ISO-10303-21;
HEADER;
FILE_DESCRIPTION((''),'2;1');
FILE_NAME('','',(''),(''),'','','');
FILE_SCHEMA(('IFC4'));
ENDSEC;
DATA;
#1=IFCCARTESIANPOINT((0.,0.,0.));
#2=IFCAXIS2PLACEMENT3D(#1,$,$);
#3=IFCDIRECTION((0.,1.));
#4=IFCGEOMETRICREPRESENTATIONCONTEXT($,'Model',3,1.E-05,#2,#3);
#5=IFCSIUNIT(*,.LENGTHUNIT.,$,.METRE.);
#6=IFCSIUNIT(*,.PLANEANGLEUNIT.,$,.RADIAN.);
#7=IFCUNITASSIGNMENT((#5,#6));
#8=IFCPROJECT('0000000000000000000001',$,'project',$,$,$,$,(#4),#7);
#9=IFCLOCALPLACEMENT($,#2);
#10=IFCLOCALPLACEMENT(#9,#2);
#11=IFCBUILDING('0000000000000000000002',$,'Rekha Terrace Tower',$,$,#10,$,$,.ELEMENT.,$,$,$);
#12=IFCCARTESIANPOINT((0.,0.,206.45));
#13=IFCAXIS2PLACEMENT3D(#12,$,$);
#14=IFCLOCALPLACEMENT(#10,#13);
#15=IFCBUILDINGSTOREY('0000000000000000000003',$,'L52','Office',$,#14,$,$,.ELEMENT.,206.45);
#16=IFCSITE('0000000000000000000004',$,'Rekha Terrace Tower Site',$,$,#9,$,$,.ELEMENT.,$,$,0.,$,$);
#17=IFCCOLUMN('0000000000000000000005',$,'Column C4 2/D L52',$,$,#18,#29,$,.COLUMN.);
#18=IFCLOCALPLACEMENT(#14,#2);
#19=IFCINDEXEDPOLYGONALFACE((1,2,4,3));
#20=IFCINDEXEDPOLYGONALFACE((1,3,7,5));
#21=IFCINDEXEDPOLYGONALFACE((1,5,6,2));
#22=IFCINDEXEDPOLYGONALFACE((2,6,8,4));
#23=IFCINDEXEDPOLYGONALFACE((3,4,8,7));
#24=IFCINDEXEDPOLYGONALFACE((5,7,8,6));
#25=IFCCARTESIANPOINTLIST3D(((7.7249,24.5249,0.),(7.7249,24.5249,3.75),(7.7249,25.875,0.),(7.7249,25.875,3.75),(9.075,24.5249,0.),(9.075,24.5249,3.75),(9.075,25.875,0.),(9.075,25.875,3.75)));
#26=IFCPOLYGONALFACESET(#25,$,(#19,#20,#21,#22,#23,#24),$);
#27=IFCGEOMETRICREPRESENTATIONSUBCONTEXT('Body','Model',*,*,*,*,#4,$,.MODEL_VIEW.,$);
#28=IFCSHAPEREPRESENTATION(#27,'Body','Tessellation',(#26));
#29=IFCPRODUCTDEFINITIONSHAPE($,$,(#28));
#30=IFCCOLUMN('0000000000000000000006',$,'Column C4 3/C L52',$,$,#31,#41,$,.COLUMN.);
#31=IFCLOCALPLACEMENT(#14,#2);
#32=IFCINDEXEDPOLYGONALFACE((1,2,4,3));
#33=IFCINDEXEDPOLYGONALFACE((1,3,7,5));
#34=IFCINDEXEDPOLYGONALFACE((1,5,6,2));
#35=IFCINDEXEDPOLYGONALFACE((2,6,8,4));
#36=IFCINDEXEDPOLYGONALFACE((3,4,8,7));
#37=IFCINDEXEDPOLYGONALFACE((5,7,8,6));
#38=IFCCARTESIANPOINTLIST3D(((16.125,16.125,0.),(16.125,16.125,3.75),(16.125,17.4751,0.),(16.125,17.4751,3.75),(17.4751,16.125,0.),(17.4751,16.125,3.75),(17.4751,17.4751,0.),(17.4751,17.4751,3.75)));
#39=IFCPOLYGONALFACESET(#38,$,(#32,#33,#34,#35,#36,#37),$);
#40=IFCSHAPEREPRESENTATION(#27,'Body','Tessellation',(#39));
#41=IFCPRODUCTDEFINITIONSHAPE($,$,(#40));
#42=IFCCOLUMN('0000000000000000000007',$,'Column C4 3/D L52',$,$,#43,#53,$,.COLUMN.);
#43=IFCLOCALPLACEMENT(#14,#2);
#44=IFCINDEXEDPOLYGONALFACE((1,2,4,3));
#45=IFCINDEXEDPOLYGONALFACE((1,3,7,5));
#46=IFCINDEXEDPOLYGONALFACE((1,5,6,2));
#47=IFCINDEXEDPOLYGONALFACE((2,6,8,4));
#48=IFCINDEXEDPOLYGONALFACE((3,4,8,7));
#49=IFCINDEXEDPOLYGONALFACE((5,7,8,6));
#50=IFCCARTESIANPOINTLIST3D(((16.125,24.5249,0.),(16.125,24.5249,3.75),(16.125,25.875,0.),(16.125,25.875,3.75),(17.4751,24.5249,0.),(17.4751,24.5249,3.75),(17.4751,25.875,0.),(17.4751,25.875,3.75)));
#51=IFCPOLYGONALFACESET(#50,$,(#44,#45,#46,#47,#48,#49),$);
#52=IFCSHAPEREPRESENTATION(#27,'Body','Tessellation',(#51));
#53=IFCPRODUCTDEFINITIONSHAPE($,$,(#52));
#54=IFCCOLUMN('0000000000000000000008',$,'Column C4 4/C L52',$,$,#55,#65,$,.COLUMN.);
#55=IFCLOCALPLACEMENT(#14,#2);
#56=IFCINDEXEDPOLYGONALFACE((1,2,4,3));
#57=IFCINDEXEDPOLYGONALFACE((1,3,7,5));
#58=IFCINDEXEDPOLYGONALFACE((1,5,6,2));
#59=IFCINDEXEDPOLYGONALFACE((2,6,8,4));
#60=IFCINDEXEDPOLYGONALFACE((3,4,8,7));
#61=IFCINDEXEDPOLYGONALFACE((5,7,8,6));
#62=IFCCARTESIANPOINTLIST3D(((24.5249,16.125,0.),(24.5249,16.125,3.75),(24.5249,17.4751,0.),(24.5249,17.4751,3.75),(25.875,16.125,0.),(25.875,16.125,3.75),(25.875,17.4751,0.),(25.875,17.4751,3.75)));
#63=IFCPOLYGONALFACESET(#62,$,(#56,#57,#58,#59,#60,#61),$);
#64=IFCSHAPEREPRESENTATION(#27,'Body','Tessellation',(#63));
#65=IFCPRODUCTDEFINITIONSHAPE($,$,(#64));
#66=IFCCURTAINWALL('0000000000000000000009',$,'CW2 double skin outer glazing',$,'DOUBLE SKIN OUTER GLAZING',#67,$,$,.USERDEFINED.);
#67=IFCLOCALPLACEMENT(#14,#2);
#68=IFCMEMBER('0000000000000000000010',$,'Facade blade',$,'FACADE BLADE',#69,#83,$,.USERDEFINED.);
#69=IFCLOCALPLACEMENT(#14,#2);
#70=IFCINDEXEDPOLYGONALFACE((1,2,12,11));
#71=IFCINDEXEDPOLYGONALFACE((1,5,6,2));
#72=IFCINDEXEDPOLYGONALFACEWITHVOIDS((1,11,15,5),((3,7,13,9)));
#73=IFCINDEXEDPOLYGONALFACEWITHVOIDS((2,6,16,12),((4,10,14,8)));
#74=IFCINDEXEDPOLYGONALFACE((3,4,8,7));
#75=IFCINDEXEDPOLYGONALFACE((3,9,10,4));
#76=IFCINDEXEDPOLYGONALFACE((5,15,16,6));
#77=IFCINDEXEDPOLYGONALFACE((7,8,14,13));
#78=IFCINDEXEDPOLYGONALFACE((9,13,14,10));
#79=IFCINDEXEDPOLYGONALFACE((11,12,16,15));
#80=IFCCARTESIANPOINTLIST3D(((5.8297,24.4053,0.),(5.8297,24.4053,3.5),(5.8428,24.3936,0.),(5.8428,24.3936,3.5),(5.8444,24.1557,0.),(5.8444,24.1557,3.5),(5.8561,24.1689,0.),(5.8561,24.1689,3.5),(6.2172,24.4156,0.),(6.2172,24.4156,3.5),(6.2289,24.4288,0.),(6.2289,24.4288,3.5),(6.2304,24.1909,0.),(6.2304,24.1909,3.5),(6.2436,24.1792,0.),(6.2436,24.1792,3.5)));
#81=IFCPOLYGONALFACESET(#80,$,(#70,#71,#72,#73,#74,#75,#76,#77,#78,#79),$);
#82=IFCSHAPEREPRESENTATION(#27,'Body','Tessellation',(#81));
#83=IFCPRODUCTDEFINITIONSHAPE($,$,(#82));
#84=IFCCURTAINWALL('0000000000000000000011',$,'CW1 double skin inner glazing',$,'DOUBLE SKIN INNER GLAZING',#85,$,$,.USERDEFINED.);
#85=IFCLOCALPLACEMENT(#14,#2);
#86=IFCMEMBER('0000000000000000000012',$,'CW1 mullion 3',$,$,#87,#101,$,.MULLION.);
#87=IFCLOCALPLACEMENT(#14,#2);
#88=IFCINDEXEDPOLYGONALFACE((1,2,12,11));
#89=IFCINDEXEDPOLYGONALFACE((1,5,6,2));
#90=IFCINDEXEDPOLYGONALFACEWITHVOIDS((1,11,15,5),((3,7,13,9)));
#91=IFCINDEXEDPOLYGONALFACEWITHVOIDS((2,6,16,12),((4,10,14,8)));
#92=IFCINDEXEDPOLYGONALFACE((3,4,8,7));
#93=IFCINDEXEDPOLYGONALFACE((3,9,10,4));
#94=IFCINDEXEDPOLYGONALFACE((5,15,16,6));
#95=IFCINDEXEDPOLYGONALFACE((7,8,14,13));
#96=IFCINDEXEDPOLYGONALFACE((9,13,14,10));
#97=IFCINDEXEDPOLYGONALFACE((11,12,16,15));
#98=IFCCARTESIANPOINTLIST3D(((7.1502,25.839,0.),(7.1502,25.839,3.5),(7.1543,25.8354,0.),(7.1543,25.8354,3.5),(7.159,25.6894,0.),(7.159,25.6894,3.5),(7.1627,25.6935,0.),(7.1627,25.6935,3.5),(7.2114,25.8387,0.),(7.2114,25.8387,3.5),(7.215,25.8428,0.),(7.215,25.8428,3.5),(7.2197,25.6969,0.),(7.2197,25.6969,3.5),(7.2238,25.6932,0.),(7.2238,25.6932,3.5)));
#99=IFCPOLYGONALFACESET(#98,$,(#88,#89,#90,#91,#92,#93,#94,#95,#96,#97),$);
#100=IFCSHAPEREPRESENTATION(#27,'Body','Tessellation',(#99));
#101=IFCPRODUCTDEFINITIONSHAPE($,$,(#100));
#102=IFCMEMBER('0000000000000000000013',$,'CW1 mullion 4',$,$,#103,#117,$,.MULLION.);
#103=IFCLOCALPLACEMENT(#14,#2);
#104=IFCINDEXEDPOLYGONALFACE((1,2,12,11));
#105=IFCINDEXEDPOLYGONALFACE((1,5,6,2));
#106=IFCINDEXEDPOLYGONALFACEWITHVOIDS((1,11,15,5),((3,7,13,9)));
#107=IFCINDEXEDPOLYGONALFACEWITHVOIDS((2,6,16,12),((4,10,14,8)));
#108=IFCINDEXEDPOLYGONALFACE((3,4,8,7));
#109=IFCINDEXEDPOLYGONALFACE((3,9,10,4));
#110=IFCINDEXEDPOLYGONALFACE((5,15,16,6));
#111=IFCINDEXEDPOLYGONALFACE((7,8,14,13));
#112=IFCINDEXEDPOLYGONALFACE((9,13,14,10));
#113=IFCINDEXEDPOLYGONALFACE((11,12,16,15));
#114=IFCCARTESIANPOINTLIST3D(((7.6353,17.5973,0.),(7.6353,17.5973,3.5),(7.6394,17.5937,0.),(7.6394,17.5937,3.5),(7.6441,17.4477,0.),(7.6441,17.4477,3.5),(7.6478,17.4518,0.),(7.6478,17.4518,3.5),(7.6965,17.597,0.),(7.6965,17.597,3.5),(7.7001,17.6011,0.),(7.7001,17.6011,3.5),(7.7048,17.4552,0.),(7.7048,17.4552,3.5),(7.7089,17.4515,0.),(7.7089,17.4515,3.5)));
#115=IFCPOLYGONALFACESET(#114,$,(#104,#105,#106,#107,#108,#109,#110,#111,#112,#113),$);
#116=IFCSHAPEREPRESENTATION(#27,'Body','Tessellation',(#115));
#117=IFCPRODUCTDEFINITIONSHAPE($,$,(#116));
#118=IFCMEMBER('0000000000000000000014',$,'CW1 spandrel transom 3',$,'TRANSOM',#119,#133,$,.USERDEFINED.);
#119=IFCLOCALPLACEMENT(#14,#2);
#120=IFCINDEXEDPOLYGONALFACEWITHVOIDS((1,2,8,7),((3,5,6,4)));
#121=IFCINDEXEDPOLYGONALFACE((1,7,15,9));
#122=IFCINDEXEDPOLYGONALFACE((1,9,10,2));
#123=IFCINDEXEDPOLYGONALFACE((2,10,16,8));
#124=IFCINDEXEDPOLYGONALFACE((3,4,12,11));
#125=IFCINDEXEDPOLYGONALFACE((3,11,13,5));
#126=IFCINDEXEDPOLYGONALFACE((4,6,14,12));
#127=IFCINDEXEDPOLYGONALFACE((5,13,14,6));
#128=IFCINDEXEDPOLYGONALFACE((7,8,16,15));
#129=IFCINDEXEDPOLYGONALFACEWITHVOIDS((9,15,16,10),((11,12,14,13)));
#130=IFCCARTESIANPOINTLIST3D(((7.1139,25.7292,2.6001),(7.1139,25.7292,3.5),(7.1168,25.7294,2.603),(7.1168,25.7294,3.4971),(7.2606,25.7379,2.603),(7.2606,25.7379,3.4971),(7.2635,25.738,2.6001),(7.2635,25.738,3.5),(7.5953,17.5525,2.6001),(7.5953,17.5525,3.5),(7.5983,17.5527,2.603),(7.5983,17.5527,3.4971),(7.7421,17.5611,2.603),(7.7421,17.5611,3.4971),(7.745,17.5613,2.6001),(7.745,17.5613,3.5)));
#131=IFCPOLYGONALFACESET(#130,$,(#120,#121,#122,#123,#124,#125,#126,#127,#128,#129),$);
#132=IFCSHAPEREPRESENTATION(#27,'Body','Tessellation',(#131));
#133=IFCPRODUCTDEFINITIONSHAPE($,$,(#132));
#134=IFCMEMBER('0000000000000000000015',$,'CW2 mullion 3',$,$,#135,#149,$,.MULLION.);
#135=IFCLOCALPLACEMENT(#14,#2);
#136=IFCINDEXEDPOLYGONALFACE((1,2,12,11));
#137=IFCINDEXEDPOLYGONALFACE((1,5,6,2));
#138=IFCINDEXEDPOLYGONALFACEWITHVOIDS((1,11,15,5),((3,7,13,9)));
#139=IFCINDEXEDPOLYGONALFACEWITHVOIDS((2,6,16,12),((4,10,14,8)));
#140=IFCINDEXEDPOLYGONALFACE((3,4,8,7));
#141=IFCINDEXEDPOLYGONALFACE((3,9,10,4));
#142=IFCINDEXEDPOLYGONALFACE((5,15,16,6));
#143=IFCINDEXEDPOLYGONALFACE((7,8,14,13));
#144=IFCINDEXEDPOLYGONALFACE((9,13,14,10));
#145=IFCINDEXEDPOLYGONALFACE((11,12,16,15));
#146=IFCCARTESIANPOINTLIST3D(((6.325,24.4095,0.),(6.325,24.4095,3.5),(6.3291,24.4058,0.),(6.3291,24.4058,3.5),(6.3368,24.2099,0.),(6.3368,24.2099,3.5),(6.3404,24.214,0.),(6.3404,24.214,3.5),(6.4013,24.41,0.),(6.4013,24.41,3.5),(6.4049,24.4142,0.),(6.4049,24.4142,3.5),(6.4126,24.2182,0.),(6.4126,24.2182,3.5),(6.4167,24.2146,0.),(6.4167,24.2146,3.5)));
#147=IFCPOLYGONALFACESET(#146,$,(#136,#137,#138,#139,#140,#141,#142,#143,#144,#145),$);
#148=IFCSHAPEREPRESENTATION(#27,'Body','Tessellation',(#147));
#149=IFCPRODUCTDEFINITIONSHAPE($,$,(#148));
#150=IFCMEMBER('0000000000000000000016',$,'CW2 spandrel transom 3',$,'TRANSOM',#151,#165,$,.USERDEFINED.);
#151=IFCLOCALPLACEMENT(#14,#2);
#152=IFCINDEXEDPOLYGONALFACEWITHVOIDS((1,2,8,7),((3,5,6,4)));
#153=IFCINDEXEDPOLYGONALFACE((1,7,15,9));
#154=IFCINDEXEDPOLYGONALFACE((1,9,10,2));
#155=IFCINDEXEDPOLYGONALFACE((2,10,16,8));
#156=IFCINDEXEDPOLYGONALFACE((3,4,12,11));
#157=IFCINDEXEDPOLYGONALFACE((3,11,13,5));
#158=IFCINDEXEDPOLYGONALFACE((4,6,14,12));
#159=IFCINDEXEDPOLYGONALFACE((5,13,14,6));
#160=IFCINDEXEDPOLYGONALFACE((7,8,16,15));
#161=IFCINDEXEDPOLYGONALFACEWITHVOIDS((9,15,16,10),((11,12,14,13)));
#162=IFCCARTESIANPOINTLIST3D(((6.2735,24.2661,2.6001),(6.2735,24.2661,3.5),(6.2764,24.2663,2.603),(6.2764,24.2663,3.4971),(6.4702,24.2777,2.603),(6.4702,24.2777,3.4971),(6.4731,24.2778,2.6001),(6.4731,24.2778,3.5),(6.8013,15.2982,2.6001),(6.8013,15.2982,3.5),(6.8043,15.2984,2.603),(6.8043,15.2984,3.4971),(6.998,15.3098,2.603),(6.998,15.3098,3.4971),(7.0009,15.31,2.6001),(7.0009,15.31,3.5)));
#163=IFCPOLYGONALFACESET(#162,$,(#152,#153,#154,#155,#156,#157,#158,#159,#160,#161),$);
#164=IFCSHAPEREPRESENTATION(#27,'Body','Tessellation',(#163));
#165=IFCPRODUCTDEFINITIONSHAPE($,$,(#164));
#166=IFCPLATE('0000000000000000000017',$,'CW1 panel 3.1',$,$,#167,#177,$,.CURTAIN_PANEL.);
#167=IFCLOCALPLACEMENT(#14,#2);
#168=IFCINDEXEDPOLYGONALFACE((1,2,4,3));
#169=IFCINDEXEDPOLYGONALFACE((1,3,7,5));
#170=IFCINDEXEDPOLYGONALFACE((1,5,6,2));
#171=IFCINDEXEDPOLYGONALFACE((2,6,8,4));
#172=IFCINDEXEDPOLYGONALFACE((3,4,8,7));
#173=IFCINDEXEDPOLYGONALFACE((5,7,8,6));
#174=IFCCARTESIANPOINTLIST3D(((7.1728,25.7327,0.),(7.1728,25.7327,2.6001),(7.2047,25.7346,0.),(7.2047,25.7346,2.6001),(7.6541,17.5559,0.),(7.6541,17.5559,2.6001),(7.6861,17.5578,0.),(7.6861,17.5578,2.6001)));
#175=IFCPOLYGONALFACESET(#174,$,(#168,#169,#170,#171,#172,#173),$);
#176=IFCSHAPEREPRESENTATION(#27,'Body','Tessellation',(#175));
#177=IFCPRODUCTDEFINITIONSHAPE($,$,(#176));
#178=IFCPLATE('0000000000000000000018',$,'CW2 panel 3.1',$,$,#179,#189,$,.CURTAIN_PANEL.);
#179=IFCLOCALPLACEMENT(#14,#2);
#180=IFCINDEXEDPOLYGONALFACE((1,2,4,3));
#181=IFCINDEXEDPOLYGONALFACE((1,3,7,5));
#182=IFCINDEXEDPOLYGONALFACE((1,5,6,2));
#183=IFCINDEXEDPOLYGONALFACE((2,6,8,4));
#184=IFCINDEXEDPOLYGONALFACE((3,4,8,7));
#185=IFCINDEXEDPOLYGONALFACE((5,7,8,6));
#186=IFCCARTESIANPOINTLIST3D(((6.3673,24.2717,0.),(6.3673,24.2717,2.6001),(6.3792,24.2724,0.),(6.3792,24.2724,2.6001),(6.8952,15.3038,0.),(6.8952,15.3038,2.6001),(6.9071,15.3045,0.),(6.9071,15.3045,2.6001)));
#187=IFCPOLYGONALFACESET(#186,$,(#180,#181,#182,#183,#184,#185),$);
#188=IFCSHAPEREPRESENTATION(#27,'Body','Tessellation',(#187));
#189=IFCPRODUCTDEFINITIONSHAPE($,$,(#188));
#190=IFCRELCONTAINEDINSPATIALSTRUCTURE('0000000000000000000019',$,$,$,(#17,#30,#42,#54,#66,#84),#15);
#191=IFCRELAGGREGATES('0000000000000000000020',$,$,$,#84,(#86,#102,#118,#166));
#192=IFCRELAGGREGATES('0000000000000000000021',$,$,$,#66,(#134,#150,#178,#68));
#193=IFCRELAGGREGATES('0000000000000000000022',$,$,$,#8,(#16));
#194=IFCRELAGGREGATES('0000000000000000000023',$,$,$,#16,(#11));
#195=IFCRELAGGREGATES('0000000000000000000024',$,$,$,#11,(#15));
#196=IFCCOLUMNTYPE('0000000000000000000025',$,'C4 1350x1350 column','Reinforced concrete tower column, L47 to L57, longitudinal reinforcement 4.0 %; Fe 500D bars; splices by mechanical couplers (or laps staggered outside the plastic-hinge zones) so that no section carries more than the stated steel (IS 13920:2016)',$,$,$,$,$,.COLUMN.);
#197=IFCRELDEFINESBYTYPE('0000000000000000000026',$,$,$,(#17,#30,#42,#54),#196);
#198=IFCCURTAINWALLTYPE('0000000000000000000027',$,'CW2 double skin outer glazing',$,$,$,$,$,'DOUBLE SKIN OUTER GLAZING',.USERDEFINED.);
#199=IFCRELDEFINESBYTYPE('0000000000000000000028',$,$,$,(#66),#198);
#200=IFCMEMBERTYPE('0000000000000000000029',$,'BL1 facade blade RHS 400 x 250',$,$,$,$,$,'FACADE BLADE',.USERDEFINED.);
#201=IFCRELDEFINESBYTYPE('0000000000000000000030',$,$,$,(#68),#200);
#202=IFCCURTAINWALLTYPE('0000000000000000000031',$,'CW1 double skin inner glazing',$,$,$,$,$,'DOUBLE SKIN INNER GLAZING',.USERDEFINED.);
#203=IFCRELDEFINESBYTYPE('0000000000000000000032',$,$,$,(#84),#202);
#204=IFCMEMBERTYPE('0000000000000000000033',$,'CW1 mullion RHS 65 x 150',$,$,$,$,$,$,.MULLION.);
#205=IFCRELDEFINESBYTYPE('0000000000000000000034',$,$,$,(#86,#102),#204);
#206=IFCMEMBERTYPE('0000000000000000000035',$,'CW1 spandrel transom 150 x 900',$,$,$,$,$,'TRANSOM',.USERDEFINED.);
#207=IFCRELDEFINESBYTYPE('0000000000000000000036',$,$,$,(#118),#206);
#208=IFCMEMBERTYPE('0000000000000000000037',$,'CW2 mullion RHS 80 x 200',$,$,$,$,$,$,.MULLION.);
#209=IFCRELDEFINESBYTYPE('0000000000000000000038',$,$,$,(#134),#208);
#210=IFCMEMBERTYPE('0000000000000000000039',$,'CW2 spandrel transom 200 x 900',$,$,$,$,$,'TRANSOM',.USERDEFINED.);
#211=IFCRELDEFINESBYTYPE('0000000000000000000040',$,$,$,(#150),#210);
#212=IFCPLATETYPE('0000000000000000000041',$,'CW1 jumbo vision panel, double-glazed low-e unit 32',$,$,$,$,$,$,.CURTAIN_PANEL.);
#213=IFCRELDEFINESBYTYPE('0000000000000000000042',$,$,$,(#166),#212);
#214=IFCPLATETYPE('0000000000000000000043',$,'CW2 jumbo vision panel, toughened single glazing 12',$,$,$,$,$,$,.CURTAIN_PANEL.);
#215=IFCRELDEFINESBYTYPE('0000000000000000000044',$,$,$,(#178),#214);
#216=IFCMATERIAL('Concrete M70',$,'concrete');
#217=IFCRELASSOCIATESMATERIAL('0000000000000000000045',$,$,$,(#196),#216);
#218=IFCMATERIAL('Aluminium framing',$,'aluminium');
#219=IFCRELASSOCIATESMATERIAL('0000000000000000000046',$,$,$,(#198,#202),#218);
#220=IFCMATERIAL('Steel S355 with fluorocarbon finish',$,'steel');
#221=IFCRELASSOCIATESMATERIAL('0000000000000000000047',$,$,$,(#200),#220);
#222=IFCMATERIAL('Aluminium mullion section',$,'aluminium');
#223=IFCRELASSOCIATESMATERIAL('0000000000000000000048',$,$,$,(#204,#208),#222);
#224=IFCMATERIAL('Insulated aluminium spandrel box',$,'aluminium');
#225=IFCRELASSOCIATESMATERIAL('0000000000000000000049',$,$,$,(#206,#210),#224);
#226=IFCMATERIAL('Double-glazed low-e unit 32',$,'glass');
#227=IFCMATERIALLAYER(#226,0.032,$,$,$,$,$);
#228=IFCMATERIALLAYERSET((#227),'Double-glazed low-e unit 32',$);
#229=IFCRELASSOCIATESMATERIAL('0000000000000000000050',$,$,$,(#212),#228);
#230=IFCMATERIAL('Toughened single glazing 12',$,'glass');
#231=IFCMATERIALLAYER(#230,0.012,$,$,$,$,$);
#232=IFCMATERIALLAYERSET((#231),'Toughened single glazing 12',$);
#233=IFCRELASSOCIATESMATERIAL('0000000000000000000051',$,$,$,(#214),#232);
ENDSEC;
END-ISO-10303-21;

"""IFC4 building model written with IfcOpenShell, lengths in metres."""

from ifc_helpers import new_model, si_unit, direction, frame, origin, origin_2d, place, context, subcontext, project, spatial, rectangle, hollow_rectangle, extrude, material, layer, layer_set, material_profile, profile_set, type_object, element, aggregate, save


model = new_model("IFC4")

# Units and contexts
model_context = context("Model", 3, precision=1e-05, world=origin(), true_north=direction((0.0, 1.0)))
body_context = subcontext(model_context, "Body", "Model", "MODEL_VIEW")
ifc_project = project(units=[si_unit("LENGTHUNIT", "METRE"), si_unit("PLANEANGLEUNIT", "RADIAN")], contexts=[model_context])

# Site, building, storey
site_placement = place(None, origin())
site = spatial("IfcSite", under=ifc_project, at=site_placement, Name="Rekha Terrace Tower Site", CompositionType="ELEMENT", RefElevation=0.0)
building_placement = place(site_placement, origin())
building = spatial("IfcBuilding", under=site, at=building_placement, Name="Rekha Terrace Tower", CompositionType="ELEMENT")
storey_placement = place(building_placement, frame((0.0, 0.0, 206.45)))
storey = spatial("IfcBuildingStorey", under=building, at=storey_placement, Name="L52", Description="Office", CompositionType="ELEMENT", Elevation=206.45)

# Columns
ifc_material_1 = material(Name="Concrete M70", Category="concrete")
ifc_material_profile_1 = material_profile(ifc_material_1, rectangle(XDim=1.3501, YDim=1.3501, at=origin_2d()), Name="RC 1350x1350")
ifc_profile_set_1 = profile_set([ifc_material_profile_1], Name="Concrete M70")
column_type = type_object("IfcColumnType", Name="C4 1350x1350 column", Description="Reinforced concrete tower column, L47 to L57, longitudinal reinforcement 4.0 %; Fe 500D bars; splices by mechanical couplers (or laps staggered outside the plastic-hinge zones) so that no section carries more than the stated steel (IS 13920:2016)", PredefinedType="COLUMN", material=ifc_profile_set_1)
for number, where, z_axis, x_axis, name in (
    (1, (8.3999, 25.2, 0.0), (0.0, 0.0, 1.0), (1.0, 0.0, 0.0), "Column C4 2/D L52"),
    (2, (16.8, 16.8, 0.0), (0.0, 0.0, 1.0), (1.0, 0.0, 0.0), "Column C4 3/C L52"),
    (3, (16.8, 25.2, 0.0), (0.0, 0.0, 1.0), (1.0, 0.0, 0.0), "Column C4 3/D L52"),
    (4, (25.2, 16.8, 0.0), (0.0, 0.0, 1.0), (1.0, 0.0, 0.0), "Column C4 4/C L52"),
):
    element("IfcColumn", number, at=place(storey_placement, frame(where, z_axis=z_axis, x_axis=x_axis)), inside=storey, type_object=column_type, Name=name, PredefinedType="COLUMN", context=body_context, shape_type="SweptSolid", body=[
        extrude(rectangle(XDim=1.3501, YDim=1.3501, at=origin_2d()), origin(), (0.0, 0.0, 1.0), 3.75),
    ])

# Curtain wall, member
ifc_material_2 = material(Name="Aluminium framing", Category="aluminium")
curtain_wall_type_1 = type_object("IfcCurtainWallType", Name="CW2 double skin outer glazing", ElementType="DOUBLE SKIN OUTER GLAZING", PredefinedType="USERDEFINED", material=ifc_material_2)
curtain_wall_1_placement = place(storey_placement, origin())
curtain_wall_1 = element("IfcCurtainWall", 5, at=curtain_wall_1_placement, inside=storey, type_object=curtain_wall_type_1, Name="CW2 double skin outer glazing", ObjectType="DOUBLE SKIN OUTER GLAZING", PredefinedType="USERDEFINED")
ifc_material_3 = material(Name="Steel S355 with fluorocarbon finish", Category="steel")
ifc_material_profile_2 = material_profile(ifc_material_3, hollow_rectangle(XDim=0.25, YDim=0.3999, WallThickness=0.0125, at=origin_2d()), Name="RHS400x250x12.5")
ifc_profile_set_2 = profile_set([ifc_material_profile_2], Name="Steel S355 with fluorocarbon finish")
member_type_1 = type_object("IfcMemberType", Name="BL1 facade blade RHS 400 x 250", ElementType="FACADE BLADE", PredefinedType="USERDEFINED", material=ifc_profile_set_2)
member_1_placement = place(storey_placement, frame((6.0366, 24.2922, 0.0), z_axis=(0.0, 0.0, 1.0), x_axis=(0.058765, -0.998272, 0.0)))
member_1 = element("IfcMember", 6, at=member_1_placement, type_object=member_type_1, Name="Facade blade", ObjectType="FACADE BLADE", PredefinedType="USERDEFINED", context=body_context, shape_type="SweptSolid", body=[
    extrude(hollow_rectangle(XDim=0.25, YDim=0.3999, WallThickness=0.0125, at=origin_2d()), origin(), (0.0, 0.0, 1.0), 3.5),
])

# Curtain wall, members
curtain_wall_type_2 = type_object("IfcCurtainWallType", Name="CW1 double skin inner glazing", ElementType="DOUBLE SKIN INNER GLAZING", PredefinedType="USERDEFINED", material=ifc_material_2)
curtain_wall_2_placement = place(storey_placement, origin())
curtain_wall_2 = element("IfcCurtainWall", 7, at=curtain_wall_2_placement, inside=storey, type_object=curtain_wall_type_2, Name="CW1 double skin inner glazing", ObjectType="DOUBLE SKIN INNER GLAZING", PredefinedType="USERDEFINED")
ifc_material_4 = material(Name="Aluminium mullion section", Category="aluminium")
ifc_material_profile_3 = material_profile(ifc_material_4, hollow_rectangle(XDim=0.0649, YDim=0.1499, WallThickness=0.0039, at=origin_2d()), Name="AL RHS 65x150")
ifc_profile_set_3 = profile_set([ifc_material_profile_3], Name="Aluminium mullion section")
member_type_2 = type_object("IfcMemberType", Name="CW1 mullion RHS 65 x 150", PredefinedType="MULLION", material=ifc_profile_set_3)
member_2_placement = place(storey_placement, frame((7.187, 25.7661, 0.0), z_axis=(0.0, 0.0, 1.0), x_axis=(0.998272, 0.058765, 0.0)))
member_2 = element("IfcMember", 8, at=member_2_placement, type_object=member_type_2, Name="CW1 mullion 3", PredefinedType="MULLION", context=body_context, shape_type="SweptSolid", body=[
    extrude(hollow_rectangle(XDim=0.0649, YDim=0.1499, WallThickness=0.0039, at=origin_2d()), origin(), (0.0, 0.0, 1.0), 3.5),
])
member_3_placement = place(storey_placement, frame((7.6721, 17.5244, 0.0), z_axis=(0.0, 0.0, 1.0), x_axis=(0.998272, 0.058765, 0.0)))
member_3 = element("IfcMember", 9, at=member_3_placement, type_object=member_type_2, Name="CW1 mullion 4", PredefinedType="MULLION", context=body_context, shape_type="SweptSolid", body=[
    extrude(hollow_rectangle(XDim=0.0649, YDim=0.1499, WallThickness=0.0039, at=origin_2d()), origin(), (0.0, 0.0, 1.0), 3.5),
])
ifc_material_5 = material(Name="Insulated aluminium spandrel box", Category="aluminium")
ifc_material_profile_4 = material_profile(ifc_material_5, hollow_rectangle(XDim=0.1499, YDim=0.8999, WallThickness=0.0029, at=origin_2d()), Name="AL SPANDREL BOX 150x900")
ifc_profile_set_4 = profile_set([ifc_material_profile_4], Name="Insulated aluminium spandrel box")
member_type_3 = type_object("IfcMemberType", Name="CW1 spandrel transom 150 x 900", ElementType="TRANSOM", PredefinedType="USERDEFINED", material=ifc_profile_set_4)
member_4_placement = place(storey_placement, frame((7.1887, 25.7336, 3.05), z_axis=(0.058778, -0.998271, 0.0), x_axis=(0.998271, 0.058778, 0.0)))
member_4 = element("IfcMember", 10, at=member_4_placement, type_object=member_type_3, Name="CW1 spandrel transom 3", ObjectType="TRANSOM", PredefinedType="USERDEFINED", context=body_context, shape_type="SweptSolid", body=[
    extrude(hollow_rectangle(XDim=0.1499, YDim=0.8999, WallThickness=0.0029, at=origin_2d()), origin(), (0.0, 0.0, 1.0), 8.1909),
])

# Members
ifc_material_profile_5 = material_profile(ifc_material_4, hollow_rectangle(XDim=0.0801, YDim=0.2, WallThickness=0.0039, at=origin_2d()), Name="AL RHS 80x200")
ifc_profile_set_5 = profile_set([ifc_material_profile_5], Name="Aluminium mullion section")
member_type_4 = type_object("IfcMemberType", Name="CW2 mullion RHS 80 x 200", PredefinedType="MULLION", material=ifc_profile_set_5)
member_5_placement = place(storey_placement, frame((6.3708, 24.312, 0.0), z_axis=(0.0, 0.0, 1.0), x_axis=(0.998272, 0.058765, 0.0)))
member_5 = element("IfcMember", 11, at=member_5_placement, type_object=member_type_4, Name="CW2 mullion 3", PredefinedType="MULLION", context=body_context, shape_type="SweptSolid", body=[
    extrude(hollow_rectangle(XDim=0.0801, YDim=0.2, WallThickness=0.0039, at=origin_2d()), origin(), (0.0, 0.0, 1.0), 3.5),
])
ifc_material_profile_6 = material_profile(ifc_material_5, hollow_rectangle(XDim=0.2, YDim=0.8999, WallThickness=0.0029, at=origin_2d()), Name="AL SPANDREL BOX 200x900")
ifc_profile_set_6 = profile_set([ifc_material_profile_6], Name="Insulated aluminium spandrel box")
member_type_5 = type_object("IfcMemberType", Name="CW2 spandrel transom 200 x 900", ElementType="TRANSOM", PredefinedType="USERDEFINED", material=ifc_profile_set_6)
member_6_placement = place(storey_placement, frame((6.3733, 24.272, 3.05), z_axis=(0.058757, -0.998272, 0.0), x_axis=(0.998272, 0.058757, 0.0)))
member_6 = element("IfcMember", 12, at=member_6_placement, type_object=member_type_5, Name="CW2 spandrel transom 3", ObjectType="TRANSOM", PredefinedType="USERDEFINED", context=body_context, shape_type="SweptSolid", body=[
    extrude(hollow_rectangle(XDim=0.2, YDim=0.8999, WallThickness=0.0029, at=origin_2d()), origin(), (0.0, 0.0, 1.0), 8.9834),
])

# Plates
ifc_material_6 = material(Name="Double-glazed low-e unit 32", Category="glass")
ifc_layer_1 = layer(ifc_material_6, 0.032)
ifc_layer_set_1 = layer_set([ifc_layer_1], Name="Double-glazed low-e unit 32")
plate_type_1 = type_object("IfcPlateType", Name="CW1 jumbo vision panel, double-glazed low-e unit 32", PredefinedType="CURTAIN_PANEL", material=ifc_layer_set_1)
plate_1_placement = place(storey_placement, frame((7.4294, 21.6453, 0.0), z_axis=(0.0, 0.0, 1.0), x_axis=(0.058765, -0.998272, 0.0)))
plate_1 = element("IfcPlate", 13, at=plate_1_placement, type_object=plate_type_1, Name="CW1 panel 3.1", PredefinedType="CURTAIN_PANEL", context=body_context, shape_type="SweptSolid", body=[
    extrude(rectangle(XDim=8.1909, YDim=0.032, at=origin_2d()), origin(), (0.0, 0.0, 1.0), 2.6001),
])
aggregate(curtain_wall_2, [member_2, member_3, member_4, plate_1])
ifc_material_7 = material(Name="Toughened single glazing 12", Category="glass")
ifc_layer_2 = layer(ifc_material_7, 0.012)
ifc_layer_set_2 = layer_set([ifc_layer_2], Name="Toughened single glazing 12")
plate_type_2 = type_object("IfcPlateType", Name="CW2 jumbo vision panel, toughened single glazing 12", PredefinedType="CURTAIN_PANEL", material=ifc_layer_set_2)
plate_2_placement = place(storey_placement, frame((6.6372, 19.7881, 0.0), z_axis=(0.0, 0.0, 1.0), x_axis=(0.058765, -0.998272, 0.0)))
plate_2 = element("IfcPlate", 14, at=plate_2_placement, type_object=plate_type_2, Name="CW2 panel 3.1", PredefinedType="CURTAIN_PANEL", context=body_context, shape_type="SweptSolid", body=[
    extrude(rectangle(XDim=8.9834, YDim=0.012, at=origin_2d()), origin(), (0.0, 0.0, 1.0), 2.6001),
])
aggregate(curtain_wall_1, [member_5, member_6, plate_2, member_1])

save(model, "model.ifc")
